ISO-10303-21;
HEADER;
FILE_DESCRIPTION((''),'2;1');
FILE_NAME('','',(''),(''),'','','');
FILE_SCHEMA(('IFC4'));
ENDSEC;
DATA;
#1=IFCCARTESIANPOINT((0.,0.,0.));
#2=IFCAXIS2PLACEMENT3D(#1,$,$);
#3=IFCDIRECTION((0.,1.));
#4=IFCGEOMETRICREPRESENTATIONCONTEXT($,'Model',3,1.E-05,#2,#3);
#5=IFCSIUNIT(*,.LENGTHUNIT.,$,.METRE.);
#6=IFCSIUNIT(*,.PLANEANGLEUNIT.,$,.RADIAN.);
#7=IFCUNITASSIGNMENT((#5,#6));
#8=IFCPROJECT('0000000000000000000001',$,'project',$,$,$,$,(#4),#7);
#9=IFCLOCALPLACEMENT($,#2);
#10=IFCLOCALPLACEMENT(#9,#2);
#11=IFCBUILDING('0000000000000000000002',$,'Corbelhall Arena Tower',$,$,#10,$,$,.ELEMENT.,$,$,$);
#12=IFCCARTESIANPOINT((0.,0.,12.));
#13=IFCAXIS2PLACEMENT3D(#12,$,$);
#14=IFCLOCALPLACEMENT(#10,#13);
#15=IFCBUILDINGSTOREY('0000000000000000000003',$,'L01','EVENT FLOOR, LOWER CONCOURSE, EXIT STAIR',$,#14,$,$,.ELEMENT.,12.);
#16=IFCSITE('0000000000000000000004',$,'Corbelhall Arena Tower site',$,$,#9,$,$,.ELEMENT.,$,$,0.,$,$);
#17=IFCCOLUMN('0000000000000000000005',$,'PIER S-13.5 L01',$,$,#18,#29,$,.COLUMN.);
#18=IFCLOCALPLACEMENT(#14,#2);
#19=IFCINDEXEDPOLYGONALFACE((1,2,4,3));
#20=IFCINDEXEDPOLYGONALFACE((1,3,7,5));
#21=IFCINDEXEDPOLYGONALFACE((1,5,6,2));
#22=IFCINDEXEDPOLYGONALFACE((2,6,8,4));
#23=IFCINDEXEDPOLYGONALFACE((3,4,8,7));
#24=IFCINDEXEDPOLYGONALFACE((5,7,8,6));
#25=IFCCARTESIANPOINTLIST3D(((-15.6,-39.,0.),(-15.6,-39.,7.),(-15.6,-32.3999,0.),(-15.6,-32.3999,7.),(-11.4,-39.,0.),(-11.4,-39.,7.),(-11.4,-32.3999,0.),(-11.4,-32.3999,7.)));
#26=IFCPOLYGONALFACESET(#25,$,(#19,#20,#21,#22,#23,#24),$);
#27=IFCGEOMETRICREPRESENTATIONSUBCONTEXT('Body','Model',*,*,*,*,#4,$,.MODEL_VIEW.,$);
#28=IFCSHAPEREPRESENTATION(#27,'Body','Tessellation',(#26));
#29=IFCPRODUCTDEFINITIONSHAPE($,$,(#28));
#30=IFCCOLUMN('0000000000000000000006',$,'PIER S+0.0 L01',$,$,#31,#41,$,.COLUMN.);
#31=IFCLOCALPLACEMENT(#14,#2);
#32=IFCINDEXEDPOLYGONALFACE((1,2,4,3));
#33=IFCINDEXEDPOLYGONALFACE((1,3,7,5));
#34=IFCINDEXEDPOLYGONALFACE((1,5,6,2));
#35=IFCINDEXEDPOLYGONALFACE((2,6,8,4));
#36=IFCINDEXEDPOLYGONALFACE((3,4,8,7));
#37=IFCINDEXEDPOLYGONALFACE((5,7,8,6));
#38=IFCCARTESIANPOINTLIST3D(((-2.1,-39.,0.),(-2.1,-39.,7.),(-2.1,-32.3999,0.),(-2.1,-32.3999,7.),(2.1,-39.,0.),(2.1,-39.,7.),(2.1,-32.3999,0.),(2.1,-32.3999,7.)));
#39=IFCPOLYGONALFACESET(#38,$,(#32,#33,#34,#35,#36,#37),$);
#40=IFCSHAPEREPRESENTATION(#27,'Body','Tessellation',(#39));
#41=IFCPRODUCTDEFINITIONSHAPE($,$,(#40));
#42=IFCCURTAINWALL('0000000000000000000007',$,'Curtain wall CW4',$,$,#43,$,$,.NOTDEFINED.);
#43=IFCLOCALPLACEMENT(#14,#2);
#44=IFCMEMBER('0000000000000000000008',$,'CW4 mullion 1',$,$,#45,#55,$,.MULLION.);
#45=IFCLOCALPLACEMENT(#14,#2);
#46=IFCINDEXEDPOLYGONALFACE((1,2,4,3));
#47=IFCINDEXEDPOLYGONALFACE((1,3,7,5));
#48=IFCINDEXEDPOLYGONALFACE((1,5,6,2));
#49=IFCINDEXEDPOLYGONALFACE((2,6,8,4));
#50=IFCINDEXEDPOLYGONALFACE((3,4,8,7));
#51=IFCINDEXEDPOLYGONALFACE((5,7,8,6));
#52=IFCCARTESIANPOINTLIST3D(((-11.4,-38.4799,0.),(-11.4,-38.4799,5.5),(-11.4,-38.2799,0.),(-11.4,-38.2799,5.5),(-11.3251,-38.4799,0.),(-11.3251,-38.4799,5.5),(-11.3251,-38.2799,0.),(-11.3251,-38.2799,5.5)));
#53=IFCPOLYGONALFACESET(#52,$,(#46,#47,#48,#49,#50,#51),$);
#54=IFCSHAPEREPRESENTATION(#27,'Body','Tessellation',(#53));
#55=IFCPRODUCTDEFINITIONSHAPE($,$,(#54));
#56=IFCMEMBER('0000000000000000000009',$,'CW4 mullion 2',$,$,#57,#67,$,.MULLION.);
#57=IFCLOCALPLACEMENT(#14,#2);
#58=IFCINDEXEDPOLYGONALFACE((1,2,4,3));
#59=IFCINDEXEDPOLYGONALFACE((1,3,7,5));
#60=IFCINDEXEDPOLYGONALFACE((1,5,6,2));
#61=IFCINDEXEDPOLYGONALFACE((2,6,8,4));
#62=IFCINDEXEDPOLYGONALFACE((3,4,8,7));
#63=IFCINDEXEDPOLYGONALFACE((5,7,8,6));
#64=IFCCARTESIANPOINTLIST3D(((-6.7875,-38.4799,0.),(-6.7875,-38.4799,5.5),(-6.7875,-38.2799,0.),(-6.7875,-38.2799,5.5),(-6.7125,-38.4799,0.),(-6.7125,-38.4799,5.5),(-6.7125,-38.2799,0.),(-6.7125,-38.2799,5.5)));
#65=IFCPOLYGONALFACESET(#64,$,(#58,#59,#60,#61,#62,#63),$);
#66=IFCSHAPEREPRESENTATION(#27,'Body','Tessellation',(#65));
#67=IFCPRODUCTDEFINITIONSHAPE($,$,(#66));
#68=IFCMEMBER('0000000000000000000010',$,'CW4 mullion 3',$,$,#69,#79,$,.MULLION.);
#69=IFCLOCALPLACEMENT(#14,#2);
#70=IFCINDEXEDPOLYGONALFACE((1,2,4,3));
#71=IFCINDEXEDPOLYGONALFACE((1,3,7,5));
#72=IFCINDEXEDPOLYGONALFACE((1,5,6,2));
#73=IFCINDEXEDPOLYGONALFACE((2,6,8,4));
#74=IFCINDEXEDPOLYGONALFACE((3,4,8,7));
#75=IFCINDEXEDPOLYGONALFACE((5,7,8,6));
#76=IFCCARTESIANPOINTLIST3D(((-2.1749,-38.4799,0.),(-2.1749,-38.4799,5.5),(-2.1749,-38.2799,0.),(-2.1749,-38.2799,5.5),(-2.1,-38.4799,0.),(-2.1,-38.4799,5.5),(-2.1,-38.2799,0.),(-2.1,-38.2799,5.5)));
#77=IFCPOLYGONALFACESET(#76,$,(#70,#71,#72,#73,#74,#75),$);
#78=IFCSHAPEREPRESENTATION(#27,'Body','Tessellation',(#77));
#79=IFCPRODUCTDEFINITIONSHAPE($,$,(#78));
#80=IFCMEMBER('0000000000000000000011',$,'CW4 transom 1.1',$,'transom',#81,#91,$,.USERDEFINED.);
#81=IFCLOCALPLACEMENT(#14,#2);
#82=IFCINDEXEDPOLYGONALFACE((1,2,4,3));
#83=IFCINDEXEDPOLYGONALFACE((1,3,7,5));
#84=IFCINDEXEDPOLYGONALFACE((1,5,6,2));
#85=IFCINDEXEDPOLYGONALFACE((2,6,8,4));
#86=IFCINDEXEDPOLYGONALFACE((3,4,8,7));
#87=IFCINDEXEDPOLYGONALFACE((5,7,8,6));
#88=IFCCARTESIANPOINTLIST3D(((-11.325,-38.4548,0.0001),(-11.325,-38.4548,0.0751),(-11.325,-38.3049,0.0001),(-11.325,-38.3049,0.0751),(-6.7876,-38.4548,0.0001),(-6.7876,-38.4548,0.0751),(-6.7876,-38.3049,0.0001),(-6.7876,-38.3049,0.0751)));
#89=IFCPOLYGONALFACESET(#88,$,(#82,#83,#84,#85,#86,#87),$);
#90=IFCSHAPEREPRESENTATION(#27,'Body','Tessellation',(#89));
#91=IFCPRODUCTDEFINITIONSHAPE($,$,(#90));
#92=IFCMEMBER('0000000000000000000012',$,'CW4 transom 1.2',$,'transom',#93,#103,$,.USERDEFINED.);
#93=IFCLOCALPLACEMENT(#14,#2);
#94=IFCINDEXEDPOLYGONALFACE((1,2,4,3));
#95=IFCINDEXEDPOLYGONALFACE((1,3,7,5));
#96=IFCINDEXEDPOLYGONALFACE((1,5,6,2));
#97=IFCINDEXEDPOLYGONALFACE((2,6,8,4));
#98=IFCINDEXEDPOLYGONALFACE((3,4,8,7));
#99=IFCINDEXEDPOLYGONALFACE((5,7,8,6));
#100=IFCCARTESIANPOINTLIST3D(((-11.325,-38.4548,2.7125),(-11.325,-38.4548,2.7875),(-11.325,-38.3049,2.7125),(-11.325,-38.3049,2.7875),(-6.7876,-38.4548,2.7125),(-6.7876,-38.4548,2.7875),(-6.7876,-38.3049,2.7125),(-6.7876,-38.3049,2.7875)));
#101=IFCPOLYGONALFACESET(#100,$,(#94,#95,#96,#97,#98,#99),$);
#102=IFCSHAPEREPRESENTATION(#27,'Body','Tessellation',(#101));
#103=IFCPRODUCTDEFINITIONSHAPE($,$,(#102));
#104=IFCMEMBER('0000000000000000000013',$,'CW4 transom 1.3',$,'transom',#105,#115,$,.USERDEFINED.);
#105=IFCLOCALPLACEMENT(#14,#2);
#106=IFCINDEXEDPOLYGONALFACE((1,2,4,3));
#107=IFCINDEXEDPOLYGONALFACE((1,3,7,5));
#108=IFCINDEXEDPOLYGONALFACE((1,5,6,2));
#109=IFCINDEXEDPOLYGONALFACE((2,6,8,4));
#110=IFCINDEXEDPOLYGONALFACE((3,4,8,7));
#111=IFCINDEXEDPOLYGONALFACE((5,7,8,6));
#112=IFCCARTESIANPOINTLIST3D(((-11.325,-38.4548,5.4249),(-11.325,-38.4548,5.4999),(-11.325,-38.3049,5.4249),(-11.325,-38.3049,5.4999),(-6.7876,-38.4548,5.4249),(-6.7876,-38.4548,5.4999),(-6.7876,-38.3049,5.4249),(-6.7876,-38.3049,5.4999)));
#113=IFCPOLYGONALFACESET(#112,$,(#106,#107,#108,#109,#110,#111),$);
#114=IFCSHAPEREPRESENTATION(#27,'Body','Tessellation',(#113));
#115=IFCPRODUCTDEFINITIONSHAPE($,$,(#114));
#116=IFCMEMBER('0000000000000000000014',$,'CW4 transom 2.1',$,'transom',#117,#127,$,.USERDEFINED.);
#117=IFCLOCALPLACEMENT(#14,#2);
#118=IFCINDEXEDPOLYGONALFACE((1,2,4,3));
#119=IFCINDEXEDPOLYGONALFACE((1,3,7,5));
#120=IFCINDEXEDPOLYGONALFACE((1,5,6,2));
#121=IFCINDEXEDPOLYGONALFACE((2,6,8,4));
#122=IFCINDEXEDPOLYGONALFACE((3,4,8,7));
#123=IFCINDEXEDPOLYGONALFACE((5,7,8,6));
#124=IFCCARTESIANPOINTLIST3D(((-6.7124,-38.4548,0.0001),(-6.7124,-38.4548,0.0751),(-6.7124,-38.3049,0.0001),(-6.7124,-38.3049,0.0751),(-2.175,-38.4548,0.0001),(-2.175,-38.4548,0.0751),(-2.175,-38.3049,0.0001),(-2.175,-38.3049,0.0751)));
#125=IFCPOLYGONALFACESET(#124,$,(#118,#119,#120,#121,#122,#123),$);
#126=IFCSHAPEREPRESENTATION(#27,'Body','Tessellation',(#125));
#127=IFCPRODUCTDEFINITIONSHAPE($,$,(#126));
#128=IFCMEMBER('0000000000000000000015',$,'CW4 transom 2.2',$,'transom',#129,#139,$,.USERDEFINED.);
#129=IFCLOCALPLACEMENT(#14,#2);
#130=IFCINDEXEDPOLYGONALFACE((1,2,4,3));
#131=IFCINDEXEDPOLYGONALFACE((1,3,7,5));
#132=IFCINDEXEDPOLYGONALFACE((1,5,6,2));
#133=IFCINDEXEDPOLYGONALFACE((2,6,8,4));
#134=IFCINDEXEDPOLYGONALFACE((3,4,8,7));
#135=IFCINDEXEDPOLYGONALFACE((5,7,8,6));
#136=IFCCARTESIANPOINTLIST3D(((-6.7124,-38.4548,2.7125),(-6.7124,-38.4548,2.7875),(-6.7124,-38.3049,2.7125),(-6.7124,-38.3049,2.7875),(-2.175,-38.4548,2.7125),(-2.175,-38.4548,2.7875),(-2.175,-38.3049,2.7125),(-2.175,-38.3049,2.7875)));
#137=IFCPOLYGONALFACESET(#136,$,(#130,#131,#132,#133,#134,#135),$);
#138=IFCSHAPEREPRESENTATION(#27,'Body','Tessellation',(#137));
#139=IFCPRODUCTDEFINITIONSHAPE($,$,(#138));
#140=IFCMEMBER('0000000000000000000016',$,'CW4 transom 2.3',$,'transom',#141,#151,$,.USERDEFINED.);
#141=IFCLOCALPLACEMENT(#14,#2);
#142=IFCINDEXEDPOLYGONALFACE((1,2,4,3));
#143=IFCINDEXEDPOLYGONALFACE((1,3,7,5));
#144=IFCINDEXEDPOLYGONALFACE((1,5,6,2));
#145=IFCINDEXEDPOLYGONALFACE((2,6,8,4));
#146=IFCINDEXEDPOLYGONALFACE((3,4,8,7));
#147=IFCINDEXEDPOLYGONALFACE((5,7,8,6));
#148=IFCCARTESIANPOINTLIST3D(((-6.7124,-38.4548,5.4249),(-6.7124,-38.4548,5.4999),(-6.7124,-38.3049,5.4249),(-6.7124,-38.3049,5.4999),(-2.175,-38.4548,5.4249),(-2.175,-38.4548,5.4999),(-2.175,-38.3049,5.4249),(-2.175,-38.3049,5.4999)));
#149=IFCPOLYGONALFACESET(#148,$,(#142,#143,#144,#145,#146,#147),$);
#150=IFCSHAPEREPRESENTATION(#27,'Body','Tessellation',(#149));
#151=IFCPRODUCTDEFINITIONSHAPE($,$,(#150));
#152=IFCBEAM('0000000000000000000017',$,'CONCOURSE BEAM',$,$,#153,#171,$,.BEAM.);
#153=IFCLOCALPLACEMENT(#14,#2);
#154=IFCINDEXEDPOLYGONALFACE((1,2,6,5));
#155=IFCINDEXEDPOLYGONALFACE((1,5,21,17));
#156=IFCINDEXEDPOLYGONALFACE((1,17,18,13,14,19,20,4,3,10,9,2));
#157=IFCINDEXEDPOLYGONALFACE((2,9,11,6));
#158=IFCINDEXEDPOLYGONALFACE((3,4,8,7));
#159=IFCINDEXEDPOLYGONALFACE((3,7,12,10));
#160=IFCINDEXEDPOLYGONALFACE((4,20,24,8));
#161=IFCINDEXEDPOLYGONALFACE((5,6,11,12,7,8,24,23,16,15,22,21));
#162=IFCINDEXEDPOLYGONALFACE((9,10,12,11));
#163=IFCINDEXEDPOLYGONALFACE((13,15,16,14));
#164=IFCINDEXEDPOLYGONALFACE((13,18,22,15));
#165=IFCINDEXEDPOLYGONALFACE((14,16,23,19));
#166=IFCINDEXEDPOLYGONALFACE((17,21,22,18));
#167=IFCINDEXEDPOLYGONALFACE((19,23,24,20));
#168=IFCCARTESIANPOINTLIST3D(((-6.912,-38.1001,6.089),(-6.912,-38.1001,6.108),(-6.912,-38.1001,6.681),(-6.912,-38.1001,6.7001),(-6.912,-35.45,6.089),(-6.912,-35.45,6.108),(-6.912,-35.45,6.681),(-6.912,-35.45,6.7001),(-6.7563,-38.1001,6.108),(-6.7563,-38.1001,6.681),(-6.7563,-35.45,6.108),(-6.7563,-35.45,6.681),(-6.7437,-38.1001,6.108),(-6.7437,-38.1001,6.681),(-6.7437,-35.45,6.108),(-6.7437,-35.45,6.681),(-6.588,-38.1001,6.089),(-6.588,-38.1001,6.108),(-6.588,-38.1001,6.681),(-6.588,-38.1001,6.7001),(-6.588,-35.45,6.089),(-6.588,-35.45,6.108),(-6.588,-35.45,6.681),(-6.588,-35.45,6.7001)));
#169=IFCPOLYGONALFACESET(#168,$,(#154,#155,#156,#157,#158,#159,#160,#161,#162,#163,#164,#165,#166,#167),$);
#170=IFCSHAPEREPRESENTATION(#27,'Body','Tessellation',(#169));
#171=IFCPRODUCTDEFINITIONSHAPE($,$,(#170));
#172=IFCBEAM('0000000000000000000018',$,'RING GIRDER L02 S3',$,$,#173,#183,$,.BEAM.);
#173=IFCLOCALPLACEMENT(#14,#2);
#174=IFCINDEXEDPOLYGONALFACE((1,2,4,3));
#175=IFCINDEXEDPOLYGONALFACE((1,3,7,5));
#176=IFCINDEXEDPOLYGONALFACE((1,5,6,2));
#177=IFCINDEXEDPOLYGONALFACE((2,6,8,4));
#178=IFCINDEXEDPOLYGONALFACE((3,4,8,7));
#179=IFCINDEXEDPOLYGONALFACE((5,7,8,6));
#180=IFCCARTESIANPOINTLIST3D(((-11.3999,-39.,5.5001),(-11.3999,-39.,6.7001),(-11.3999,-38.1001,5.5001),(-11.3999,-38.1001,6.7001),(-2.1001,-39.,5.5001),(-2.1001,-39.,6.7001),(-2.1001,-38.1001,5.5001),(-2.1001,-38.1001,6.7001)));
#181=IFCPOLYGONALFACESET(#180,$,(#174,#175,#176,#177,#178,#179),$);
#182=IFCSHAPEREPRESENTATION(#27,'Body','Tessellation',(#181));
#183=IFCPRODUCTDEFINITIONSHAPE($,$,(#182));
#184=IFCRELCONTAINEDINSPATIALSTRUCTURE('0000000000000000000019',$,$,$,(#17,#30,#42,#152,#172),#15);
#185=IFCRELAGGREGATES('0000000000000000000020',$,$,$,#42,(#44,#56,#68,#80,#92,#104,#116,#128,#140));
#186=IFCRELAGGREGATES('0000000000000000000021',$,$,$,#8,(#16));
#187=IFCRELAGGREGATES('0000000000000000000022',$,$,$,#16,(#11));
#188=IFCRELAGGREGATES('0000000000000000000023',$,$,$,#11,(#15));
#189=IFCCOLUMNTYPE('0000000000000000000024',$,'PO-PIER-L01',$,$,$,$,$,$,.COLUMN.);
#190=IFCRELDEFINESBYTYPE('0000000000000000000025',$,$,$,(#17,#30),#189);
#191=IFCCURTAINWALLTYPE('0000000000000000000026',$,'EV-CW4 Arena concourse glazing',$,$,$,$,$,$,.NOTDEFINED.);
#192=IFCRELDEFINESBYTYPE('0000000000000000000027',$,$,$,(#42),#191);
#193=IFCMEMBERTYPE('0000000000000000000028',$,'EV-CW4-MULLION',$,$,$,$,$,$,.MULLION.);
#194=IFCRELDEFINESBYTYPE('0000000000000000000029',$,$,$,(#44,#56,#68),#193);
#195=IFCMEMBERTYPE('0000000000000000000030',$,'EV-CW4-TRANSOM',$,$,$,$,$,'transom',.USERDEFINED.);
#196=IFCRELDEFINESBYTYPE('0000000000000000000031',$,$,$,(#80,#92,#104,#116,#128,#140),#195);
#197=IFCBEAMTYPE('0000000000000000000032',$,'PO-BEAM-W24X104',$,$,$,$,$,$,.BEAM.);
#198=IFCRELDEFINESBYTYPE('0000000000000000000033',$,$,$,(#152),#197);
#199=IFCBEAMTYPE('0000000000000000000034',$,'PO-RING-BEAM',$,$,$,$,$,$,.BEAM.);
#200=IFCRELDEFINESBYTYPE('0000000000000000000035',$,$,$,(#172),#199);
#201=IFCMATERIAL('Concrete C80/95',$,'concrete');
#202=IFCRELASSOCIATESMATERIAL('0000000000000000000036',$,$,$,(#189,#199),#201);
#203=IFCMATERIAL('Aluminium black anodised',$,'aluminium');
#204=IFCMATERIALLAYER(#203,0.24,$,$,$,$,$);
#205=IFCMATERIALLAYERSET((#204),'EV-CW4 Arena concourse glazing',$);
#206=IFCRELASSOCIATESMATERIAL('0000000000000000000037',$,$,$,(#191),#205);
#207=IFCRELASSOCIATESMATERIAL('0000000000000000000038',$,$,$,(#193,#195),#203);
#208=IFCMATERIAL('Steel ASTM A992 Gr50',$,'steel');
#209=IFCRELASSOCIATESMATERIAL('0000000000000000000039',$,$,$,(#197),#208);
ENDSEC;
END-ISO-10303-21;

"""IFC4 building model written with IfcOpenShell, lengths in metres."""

from ifc_helpers import new_model, si_unit, direction, frame, origin, origin_2d, place, context, subcontext, project, spatial, rectangle, i_section, extrude, material, layer, layer_set, material_profile, profile_set, type_object, element, aggregate, save


model = new_model("IFC4")

# Units and contexts
model_context = context("Model", 3, precision=1e-05, world=origin(), true_north=direction((0.0, 1.0)))
body_context = subcontext(model_context, "Body", "Model", "MODEL_VIEW")
ifc_project = project(units=[si_unit("LENGTHUNIT", "METRE"), si_unit("PLANEANGLEUNIT", "RADIAN")], contexts=[model_context])

# Site, building, storey
site_placement = place(None, origin())
site = spatial("IfcSite", under=ifc_project, at=site_placement, Name="Corbelhall Arena Tower site", CompositionType="ELEMENT", RefElevation=0.0)
building_placement = place(site_placement, origin())
building = spatial("IfcBuilding", under=site, at=building_placement, Name="Corbelhall Arena Tower", CompositionType="ELEMENT")
storey_placement = place(building_placement, frame((0.0, 0.0, 12.0)))
storey = spatial("IfcBuildingStorey", under=building, at=storey_placement, Name="L01", Description="EVENT FLOOR, LOWER CONCOURSE, EXIT STAIR", CompositionType="ELEMENT", Elevation=12.0)

# Columns
ifc_material_1 = material(Name="Concrete C80/95", Category="concrete")
ifc_material_profile_1 = material_profile(ifc_material_1, rectangle(XDim=4.2, YDim=6.6001, at=origin_2d()))
ifc_profile_set_1 = profile_set([ifc_material_profile_1], Name="Concrete C80/95")
column_type = type_object("IfcColumnType", Name="PO-PIER-L01", PredefinedType="COLUMN", material=ifc_profile_set_1)
for number, where, z_axis, x_axis, name in (
    (1, (-13.5, -35.7, 0.0), (0.0, 0.0, 1.0), (1.0, 0.0, 0.0), "PIER S-13.5 L01"),
    (2, (0.0, -35.7, 0.0), (0.0, 0.0, 1.0), (1.0, 0.0, 0.0), "PIER S+0.0 L01"),
):
    element("IfcColumn", number, at=place(storey_placement, frame(where, z_axis=z_axis, x_axis=x_axis)), inside=storey, type_object=column_type, Name=name, PredefinedType="COLUMN", context=body_context, shape_type="SweptSolid", body=[
        extrude(rectangle(XDim=4.2, YDim=6.6001, at=origin_2d()), origin(), (0.0, 0.0, 1.0), 7.0),
    ])

# Curtain wall, members
ifc_material_2 = material(Name="Aluminium black anodised", Category="aluminium")
ifc_layer_1 = layer(ifc_material_2, 0.24)
ifc_layer_set_1 = layer_set([ifc_layer_1], Name="EV-CW4 Arena concourse glazing")
curtain_wall_type = type_object("IfcCurtainWallType", Name="EV-CW4 Arena concourse glazing", PredefinedType="NOTDEFINED", material=ifc_layer_set_1)
curtain_wall_placement = place(storey_placement, origin())
curtain_wall = element("IfcCurtainWall", 3, at=curtain_wall_placement, inside=storey, type_object=curtain_wall_type, Name="Curtain wall CW4", PredefinedType="NOTDEFINED")
ifc_material_profile_2 = material_profile(ifc_material_2, rectangle(XDim=0.2, YDim=0.075, at=origin_2d()))
ifc_profile_set_2 = profile_set([ifc_material_profile_2], Name="Aluminium black anodised")
member_type_1 = type_object("IfcMemberType", Name="EV-CW4-MULLION", PredefinedType="MULLION", material=ifc_profile_set_2)
member_1_placement = place(storey_placement, frame((-11.3625, -38.3799, 0.0), z_axis=(0.0, 0.0, 1.0), x_axis=(0.0, 1.0, 0.0)))
member_1 = element("IfcMember", 4, at=member_1_placement, type_object=member_type_1, Name="CW4 mullion 1", PredefinedType="MULLION", context=body_context, shape_type="SweptSolid", body=[
    extrude(rectangle(XDim=0.2, YDim=0.075, at=origin_2d()), origin(), (0.0, 0.0, 1.0), 5.5),
])
member_2_placement = place(storey_placement, frame((-6.75, -38.3799, 0.0), z_axis=(0.0, 0.0, 1.0), x_axis=(0.0, 1.0, 0.0)))
member_2 = element("IfcMember", 5, at=member_2_placement, type_object=member_type_1, Name="CW4 mullion 2", PredefinedType="MULLION", context=body_context, shape_type="SweptSolid", body=[
    extrude(rectangle(XDim=0.2, YDim=0.075, at=origin_2d()), origin(), (0.0, 0.0, 1.0), 5.5),
])
member_3_placement = place(storey_placement, frame((-2.1375, -38.3799, 0.0), z_axis=(0.0, 0.0, 1.0), x_axis=(0.0, 1.0, 0.0)))
member_3 = element("IfcMember", 6, at=member_3_placement, type_object=member_type_1, Name="CW4 mullion 3", PredefinedType="MULLION", context=body_context, shape_type="SweptSolid", body=[
    extrude(rectangle(XDim=0.2, YDim=0.075, at=origin_2d()), origin(), (0.0, 0.0, 1.0), 5.5),
])
ifc_material_profile_3 = material_profile(ifc_material_2, rectangle(XDim=0.1499, YDim=0.075, at=origin_2d()))
ifc_profile_set_3 = profile_set([ifc_material_profile_3], Name="Aluminium black anodised")
member_type_2 = type_object("IfcMemberType", Name="EV-CW4-TRANSOM", ElementType="transom", PredefinedType="USERDEFINED", material=ifc_profile_set_3)
member_4_placement = place(storey_placement, frame((-11.325, -38.3799, 0.0376), z_axis=(1.0, 0.0, 0.0), x_axis=(0.0, 1.0, 0.0)))
member_4 = element("IfcMember", 7, at=member_4_placement, type_object=member_type_2, Name="CW4 transom 1.1", ObjectType="transom", PredefinedType="USERDEFINED", context=body_context, shape_type="SweptSolid", body=[
    extrude(rectangle(XDim=0.1499, YDim=0.075, at=origin_2d()), origin(), (0.0, 0.0, 1.0), 4.5374),
])
member_5_placement = place(storey_placement, frame((-11.325, -38.3799, 2.75), z_axis=(1.0, 0.0, 0.0), x_axis=(0.0, 1.0, 0.0)))
member_5 = element("IfcMember", 8, at=member_5_placement, type_object=member_type_2, Name="CW4 transom 1.2", ObjectType="transom", PredefinedType="USERDEFINED", context=body_context, shape_type="SweptSolid", body=[
    extrude(rectangle(XDim=0.1499, YDim=0.075, at=origin_2d()), origin(), (0.0, 0.0, 1.0), 4.5374),
])
member_6_placement = place(storey_placement, frame((-11.325, -38.3799, 5.4624), z_axis=(1.0, 0.0, 0.0), x_axis=(0.0, 1.0, 0.0)))
member_6 = element("IfcMember", 9, at=member_6_placement, type_object=member_type_2, Name="CW4 transom 1.3", ObjectType="transom", PredefinedType="USERDEFINED", context=body_context, shape_type="SweptSolid", body=[
    extrude(rectangle(XDim=0.1499, YDim=0.075, at=origin_2d()), origin(), (0.0, 0.0, 1.0), 4.5374),
])
member_7_placement = place(storey_placement, frame((-6.7124, -38.3799, 0.0376), z_axis=(1.0, 0.0, 0.0), x_axis=(0.0, 1.0, 0.0)))
member_7 = element("IfcMember", 10, at=member_7_placement, type_object=member_type_2, Name="CW4 transom 2.1", ObjectType="transom", PredefinedType="USERDEFINED", context=body_context, shape_type="SweptSolid", body=[
    extrude(rectangle(XDim=0.1499, YDim=0.075, at=origin_2d()), origin(), (0.0, 0.0, 1.0), 4.5374),
])
member_8_placement = place(storey_placement, frame((-6.7124, -38.3799, 2.75), z_axis=(1.0, 0.0, 0.0), x_axis=(0.0, 1.0, 0.0)))
member_8 = element("IfcMember", 11, at=member_8_placement, type_object=member_type_2, Name="CW4 transom 2.2", ObjectType="transom", PredefinedType="USERDEFINED", context=body_context, shape_type="SweptSolid", body=[
    extrude(rectangle(XDim=0.1499, YDim=0.075, at=origin_2d()), origin(), (0.0, 0.0, 1.0), 4.5374),
])
member_9_placement = place(storey_placement, frame((-6.7124, -38.3799, 5.4624), z_axis=(1.0, 0.0, 0.0), x_axis=(0.0, 1.0, 0.0)))
member_9 = element("IfcMember", 12, at=member_9_placement, type_object=member_type_2, Name="CW4 transom 2.3", ObjectType="transom", PredefinedType="USERDEFINED", context=body_context, shape_type="SweptSolid", body=[
    extrude(rectangle(XDim=0.1499, YDim=0.075, at=origin_2d()), origin(), (0.0, 0.0, 1.0), 4.5374),
])

# Beams
ifc_material_3 = material(Name="Steel ASTM A992 Gr50", Category="steel")
ifc_material_profile_4 = material_profile(ifc_material_3, i_section(OverallWidth=0.324, OverallDepth=0.6111, WebThickness=0.0127, FlangeThickness=0.019, at=origin_2d()))
ifc_profile_set_4 = profile_set([ifc_material_profile_4], Name="Steel ASTM A992 Gr50")
beam_type_1 = type_object("IfcBeamType", Name="PO-BEAM-W24X104", PredefinedType="BEAM", material=ifc_profile_set_4)
beam_1_placement = place(storey_placement, frame((-6.75, -35.45, 6.3945), z_axis=(0.0, -1.0, 0.0), x_axis=(1.0, 0.0, 0.0)))
element("IfcBeam", 13, at=beam_1_placement, inside=storey, type_object=beam_type_1, Name="CONCOURSE BEAM", PredefinedType="BEAM", context=body_context, shape_type="SweptSolid", body=[
    extrude(i_section(OverallWidth=0.324, OverallDepth=0.6111, WebThickness=0.0127, FlangeThickness=0.019, at=origin_2d()), origin(), (0.0, 0.0, 1.0), 2.6501),
])
ifc_material_profile_5 = material_profile(ifc_material_1, rectangle(XDim=0.8999, YDim=1.2, at=origin_2d()))
ifc_profile_set_5 = profile_set([ifc_material_profile_5], Name="Concrete C80/95")
beam_type_2 = type_object("IfcBeamType", Name="PO-RING-BEAM", PredefinedType="BEAM", material=ifc_profile_set_5)
beam_2_placement = place(storey_placement, frame((-11.3999, -38.55, 6.1001), z_axis=(1.0, 0.0, 0.0), x_axis=(0.0, 1.0, 0.0)))
element("IfcBeam", 14, at=beam_2_placement, inside=storey, type_object=beam_type_2, Name="RING GIRDER L02 S3", PredefinedType="BEAM", context=body_context, shape_type="SweptSolid", body=[
    extrude(rectangle(XDim=0.8999, YDim=1.2, at=origin_2d()), origin(), (0.0, 0.0, 1.0), 9.2998),
])

aggregate(curtain_wall, [member_1, member_2, member_3, member_4, member_5, member_6, member_7, member_8, member_9])

save(model, "model.ifc")
